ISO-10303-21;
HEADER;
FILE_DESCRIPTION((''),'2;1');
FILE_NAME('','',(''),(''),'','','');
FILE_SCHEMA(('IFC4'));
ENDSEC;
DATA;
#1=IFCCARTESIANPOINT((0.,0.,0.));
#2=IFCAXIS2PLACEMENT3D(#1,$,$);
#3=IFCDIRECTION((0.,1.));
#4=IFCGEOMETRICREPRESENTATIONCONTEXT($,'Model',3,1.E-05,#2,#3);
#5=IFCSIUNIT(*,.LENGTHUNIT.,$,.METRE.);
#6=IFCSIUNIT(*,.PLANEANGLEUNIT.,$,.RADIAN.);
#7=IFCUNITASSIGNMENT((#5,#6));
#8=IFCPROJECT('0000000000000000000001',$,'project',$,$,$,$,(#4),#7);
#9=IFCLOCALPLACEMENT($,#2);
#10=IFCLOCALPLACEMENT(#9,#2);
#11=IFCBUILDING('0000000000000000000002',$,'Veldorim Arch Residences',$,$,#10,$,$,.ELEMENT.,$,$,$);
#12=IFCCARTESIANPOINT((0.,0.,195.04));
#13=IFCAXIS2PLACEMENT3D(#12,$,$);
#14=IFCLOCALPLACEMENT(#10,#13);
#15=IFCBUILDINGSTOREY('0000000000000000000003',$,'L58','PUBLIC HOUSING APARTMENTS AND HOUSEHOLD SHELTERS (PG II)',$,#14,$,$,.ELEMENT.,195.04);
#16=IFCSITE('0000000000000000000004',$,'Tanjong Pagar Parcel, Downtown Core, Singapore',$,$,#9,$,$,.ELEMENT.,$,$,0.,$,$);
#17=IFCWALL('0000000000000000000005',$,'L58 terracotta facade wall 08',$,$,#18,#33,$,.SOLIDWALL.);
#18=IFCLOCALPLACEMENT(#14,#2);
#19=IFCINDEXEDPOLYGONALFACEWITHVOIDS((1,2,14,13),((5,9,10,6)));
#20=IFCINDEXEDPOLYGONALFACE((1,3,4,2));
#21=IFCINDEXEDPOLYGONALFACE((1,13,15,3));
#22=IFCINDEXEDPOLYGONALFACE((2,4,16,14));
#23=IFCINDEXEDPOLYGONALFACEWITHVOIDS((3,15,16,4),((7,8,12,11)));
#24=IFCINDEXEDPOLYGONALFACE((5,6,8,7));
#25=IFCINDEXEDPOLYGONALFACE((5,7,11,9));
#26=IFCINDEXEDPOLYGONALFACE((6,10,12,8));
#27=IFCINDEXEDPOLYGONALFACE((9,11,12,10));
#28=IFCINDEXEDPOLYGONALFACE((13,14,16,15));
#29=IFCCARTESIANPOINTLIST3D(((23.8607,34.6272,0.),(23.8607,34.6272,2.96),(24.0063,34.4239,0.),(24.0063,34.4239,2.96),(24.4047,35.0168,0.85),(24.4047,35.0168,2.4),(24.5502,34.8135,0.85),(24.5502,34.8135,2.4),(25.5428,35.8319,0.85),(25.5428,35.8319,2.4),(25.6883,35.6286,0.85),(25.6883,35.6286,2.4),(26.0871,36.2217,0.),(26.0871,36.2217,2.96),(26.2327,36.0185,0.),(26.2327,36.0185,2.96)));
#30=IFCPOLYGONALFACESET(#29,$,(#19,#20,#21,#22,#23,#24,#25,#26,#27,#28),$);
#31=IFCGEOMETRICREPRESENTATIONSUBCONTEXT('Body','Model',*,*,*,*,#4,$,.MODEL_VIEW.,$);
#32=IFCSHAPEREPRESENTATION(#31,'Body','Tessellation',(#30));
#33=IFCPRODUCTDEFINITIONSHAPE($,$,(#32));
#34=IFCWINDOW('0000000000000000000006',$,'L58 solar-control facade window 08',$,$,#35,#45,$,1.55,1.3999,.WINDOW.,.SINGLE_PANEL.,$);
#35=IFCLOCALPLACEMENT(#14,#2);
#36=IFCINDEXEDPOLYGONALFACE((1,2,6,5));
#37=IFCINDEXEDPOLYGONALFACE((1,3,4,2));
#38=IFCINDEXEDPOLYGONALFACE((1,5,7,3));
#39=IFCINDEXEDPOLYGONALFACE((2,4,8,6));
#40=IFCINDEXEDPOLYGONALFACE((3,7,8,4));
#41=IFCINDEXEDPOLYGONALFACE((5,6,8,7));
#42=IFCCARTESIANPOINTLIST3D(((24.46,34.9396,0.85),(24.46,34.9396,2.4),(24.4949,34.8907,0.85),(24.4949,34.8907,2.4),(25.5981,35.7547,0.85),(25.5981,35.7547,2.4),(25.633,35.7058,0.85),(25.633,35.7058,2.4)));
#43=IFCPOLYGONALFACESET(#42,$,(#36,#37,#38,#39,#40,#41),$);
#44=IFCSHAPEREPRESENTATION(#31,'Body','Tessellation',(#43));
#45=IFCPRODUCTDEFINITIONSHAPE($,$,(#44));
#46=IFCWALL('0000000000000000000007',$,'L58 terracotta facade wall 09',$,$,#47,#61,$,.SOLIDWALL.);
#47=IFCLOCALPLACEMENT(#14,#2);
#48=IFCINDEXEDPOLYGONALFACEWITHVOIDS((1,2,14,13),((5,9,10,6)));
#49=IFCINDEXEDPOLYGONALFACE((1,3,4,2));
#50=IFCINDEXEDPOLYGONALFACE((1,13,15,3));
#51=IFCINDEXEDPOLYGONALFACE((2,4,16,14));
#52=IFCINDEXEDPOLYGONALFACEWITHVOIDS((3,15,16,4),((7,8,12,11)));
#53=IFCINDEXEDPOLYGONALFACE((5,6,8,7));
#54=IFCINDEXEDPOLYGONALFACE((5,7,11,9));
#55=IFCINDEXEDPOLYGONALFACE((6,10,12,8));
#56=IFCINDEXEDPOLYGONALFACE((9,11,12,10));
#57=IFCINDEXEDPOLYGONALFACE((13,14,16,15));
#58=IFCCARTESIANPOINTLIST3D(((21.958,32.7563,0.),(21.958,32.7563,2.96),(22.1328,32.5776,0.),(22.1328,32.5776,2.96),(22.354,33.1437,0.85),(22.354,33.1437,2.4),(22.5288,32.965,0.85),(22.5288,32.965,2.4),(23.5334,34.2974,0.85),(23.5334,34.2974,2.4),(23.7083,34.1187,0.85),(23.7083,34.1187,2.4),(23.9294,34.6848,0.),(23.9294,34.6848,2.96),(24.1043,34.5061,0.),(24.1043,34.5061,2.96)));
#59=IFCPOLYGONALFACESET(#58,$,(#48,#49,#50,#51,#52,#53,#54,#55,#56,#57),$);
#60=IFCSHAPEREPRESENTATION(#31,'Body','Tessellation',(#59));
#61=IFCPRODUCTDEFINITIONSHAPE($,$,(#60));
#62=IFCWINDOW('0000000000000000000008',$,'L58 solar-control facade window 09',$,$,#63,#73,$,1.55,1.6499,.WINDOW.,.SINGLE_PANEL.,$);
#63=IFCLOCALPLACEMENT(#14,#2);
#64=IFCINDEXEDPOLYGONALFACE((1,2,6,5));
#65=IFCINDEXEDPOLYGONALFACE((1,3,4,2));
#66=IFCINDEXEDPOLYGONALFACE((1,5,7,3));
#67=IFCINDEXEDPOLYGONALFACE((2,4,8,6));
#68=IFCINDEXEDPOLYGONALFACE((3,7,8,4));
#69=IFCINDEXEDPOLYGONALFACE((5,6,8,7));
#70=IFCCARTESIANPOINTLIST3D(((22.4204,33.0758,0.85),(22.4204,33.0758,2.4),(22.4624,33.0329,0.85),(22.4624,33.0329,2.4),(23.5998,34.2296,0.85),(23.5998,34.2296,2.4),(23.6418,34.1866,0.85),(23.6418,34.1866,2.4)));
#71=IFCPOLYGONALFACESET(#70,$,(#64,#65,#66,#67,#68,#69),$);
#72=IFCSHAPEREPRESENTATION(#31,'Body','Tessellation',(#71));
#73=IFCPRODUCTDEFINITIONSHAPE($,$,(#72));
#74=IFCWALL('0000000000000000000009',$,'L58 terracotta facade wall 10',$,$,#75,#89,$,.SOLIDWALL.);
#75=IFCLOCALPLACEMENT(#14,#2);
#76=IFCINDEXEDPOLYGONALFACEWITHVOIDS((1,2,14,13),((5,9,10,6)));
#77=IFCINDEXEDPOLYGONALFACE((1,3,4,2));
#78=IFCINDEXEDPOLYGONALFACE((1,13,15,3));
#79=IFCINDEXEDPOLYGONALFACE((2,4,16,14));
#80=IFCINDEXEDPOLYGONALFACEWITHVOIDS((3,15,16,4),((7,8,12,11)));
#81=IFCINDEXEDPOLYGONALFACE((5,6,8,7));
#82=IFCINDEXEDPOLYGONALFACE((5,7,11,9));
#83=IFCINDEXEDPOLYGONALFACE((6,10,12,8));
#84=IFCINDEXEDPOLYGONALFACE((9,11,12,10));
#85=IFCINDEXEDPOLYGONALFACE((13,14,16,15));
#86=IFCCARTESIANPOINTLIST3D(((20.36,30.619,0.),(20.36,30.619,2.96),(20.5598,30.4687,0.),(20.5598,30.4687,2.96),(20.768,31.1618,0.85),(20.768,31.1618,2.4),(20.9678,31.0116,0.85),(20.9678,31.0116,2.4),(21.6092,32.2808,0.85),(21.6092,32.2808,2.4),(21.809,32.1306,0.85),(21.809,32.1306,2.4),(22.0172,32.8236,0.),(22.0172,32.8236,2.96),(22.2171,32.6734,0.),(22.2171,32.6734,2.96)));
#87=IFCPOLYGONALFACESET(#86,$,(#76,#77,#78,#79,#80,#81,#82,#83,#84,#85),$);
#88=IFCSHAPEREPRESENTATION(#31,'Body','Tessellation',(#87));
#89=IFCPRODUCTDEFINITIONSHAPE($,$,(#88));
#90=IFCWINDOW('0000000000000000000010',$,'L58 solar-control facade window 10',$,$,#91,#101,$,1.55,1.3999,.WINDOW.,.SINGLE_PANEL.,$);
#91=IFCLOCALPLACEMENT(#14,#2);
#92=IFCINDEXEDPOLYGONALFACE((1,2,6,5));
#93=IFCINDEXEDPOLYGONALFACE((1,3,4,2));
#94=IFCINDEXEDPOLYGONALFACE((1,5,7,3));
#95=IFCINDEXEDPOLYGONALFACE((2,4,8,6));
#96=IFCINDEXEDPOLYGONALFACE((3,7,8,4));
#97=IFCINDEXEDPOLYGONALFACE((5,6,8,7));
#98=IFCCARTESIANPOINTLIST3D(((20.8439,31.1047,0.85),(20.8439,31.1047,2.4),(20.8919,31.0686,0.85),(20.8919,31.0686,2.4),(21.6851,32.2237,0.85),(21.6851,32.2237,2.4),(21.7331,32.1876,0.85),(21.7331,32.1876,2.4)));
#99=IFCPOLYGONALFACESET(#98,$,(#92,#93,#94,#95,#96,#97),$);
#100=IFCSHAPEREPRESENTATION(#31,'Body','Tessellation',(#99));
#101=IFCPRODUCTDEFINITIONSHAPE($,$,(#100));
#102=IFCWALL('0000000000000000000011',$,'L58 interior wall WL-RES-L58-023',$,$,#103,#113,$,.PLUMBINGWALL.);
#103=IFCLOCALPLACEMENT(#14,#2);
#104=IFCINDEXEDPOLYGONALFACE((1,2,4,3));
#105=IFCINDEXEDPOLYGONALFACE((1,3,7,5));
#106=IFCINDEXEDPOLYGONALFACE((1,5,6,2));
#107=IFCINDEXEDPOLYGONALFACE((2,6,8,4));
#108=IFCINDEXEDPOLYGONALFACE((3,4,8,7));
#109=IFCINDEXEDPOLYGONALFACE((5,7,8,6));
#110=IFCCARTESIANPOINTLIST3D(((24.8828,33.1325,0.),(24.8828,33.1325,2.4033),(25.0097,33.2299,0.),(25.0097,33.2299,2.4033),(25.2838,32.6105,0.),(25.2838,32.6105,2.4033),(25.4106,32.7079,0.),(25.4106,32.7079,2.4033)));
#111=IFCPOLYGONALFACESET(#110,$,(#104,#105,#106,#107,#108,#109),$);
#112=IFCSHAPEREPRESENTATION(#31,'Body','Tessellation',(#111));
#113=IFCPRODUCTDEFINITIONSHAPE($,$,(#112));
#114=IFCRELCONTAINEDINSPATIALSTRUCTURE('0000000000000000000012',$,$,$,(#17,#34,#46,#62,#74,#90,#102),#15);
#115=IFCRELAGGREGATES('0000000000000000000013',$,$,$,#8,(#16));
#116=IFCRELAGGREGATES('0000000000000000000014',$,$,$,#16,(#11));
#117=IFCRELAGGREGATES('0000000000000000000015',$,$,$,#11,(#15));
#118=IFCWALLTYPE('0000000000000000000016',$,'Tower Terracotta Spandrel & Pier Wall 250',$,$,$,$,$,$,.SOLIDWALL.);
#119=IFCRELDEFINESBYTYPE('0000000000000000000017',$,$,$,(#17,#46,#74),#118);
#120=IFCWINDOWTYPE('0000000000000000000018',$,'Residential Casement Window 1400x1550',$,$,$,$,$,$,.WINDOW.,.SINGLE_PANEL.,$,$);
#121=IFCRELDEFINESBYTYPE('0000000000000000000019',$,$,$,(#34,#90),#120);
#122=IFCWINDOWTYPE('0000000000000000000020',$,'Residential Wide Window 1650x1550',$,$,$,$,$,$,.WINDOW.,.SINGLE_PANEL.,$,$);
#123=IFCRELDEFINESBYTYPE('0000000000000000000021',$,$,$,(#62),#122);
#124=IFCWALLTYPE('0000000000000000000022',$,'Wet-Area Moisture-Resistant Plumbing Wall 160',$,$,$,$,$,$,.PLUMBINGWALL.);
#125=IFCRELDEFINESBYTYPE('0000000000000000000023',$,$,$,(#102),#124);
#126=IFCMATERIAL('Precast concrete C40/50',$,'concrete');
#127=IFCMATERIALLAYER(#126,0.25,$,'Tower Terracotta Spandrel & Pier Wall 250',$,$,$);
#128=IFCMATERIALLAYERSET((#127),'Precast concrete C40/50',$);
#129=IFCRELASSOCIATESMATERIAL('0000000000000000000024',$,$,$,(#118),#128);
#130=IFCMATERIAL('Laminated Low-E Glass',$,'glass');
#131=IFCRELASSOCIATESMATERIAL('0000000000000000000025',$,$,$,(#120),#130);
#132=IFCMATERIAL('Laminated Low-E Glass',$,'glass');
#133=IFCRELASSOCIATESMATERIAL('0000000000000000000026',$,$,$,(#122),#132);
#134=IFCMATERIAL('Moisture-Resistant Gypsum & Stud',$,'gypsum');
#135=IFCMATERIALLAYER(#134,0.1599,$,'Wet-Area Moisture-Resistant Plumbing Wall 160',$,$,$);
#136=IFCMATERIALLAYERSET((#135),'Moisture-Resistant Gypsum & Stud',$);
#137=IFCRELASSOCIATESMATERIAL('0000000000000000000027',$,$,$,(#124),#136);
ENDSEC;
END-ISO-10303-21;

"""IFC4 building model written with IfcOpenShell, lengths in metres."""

from ifc_helpers import new_model, si_unit, direction, frame, frame_2d, origin, place, context, subcontext, project, spatial, rectangle, extrude, material, layer, layer_set, type_object, element, fill, save


model = new_model("IFC4")

# Units and contexts
model_context = context("Model", 3, precision=1e-05, world=origin(), true_north=direction((0.0, 1.0)))
body_context = subcontext(model_context, "Body", "Model", "MODEL_VIEW")
ifc_project = project(units=[si_unit("LENGTHUNIT", "METRE"), si_unit("PLANEANGLEUNIT", "RADIAN")], contexts=[model_context])

# Site, building, storey
site_placement = place(None, origin())
site = spatial("IfcSite", under=ifc_project, at=site_placement, Name="Tanjong Pagar Parcel, Downtown Core, Singapore", CompositionType="ELEMENT", RefElevation=0.0)
building_placement = place(site_placement, origin())
building = spatial("IfcBuilding", under=site, at=building_placement, Name="Veldorim Arch Residences", CompositionType="ELEMENT")
storey_placement = place(building_placement, frame((0.0, 0.0, 195.04)))
storey = spatial("IfcBuildingStorey", under=building, at=storey_placement, Name="L58", Description="PUBLIC HOUSING APARTMENTS AND HOUSEHOLD SHELTERS (PG II)", CompositionType="ELEMENT", Elevation=195.04)

# Walls, openings, windows
ifc_material_1 = material(Name="Precast concrete C40/50", Category="concrete")
ifc_layer_1 = layer(ifc_material_1, 0.25, Name="Tower Terracotta Spandrel & Pier Wall 250")
ifc_layer_set_1 = layer_set([ifc_layer_1], Name="Precast concrete C40/50")
wall_type_1 = type_object("IfcWallType", Name="Tower Terracotta Spandrel & Pier Wall 250", PredefinedType="SOLIDWALL", material=ifc_layer_set_1)
wall_1_placement = place(storey_placement, frame((23.9336, 34.5256, 0.0), z_axis=(0.0, 0.0, 1.0), x_axis=(0.812998, 0.582267, 0.0)))
wall_1 = element("IfcWall", 1, at=wall_1_placement, inside=storey, type_object=wall_type_1, Name="L58 terracotta facade wall 08", PredefinedType="SOLIDWALL", context=body_context, shape_type="SweptSolid", body=[
    extrude(rectangle(XDim=2.7385, YDim=0.25, at=frame_2d((1.3691, 0.0))), origin(), (0.0, 0.0, 1.0), 2.96),
])
opening_1_placement = place(wall_1_placement, frame((0.6689, 0.0, 0.8501)))
opening_1 = element("IfcOpeningElement", 2, at=opening_1_placement, cuts=wall_1, PredefinedType="OPENING", context=body_context, shape_type="SweptSolid", body=[
    extrude(rectangle(XDim=1.3999, YDim=1.55, at=frame_2d((0.7, 0.7749))), frame((0.0, 0.135, 0.0), z_axis=(0.0, -1.0, 0.0), x_axis=(1.0, 0.0, 0.0)), (0.0, 0.0, 1.0), 0.27),
])
ifc_material_2 = material(Name="Laminated Low-E Glass", Category="glass")
window_type_1 = type_object("IfcWindowType", Name="Residential Casement Window 1400x1550", PartitioningType="SINGLE_PANEL", PredefinedType="WINDOW", material=ifc_material_2)
window_1_placement = place(opening_1_placement, origin())
window_1 = element("IfcWindow", 3, at=window_1_placement, inside=storey, type_object=window_type_1, Name="L58 solar-control facade window 08", OverallHeight=1.55, OverallWidth=1.3999, PartitioningType="SINGLE_PANEL", PredefinedType="WINDOW", context=body_context, shape_type="SweptSolid", body=[
    extrude(rectangle(XDim=1.3999, YDim=1.55, at=frame_2d((0.7, 0.7749))), frame((0.0, 0.03, 0.0), z_axis=(0.0, -1.0, 0.0), x_axis=(1.0, 0.0, 0.0)), (0.0, 0.0, 1.0), 0.0601),
])
fill(opening_1, window_1)
wall_2_placement = place(storey_placement, frame((22.0454, 32.667, 0.0), z_axis=(0.0, 0.0, 1.0), x_axis=(0.714854, 0.699274, 0.0)))
wall_2 = element("IfcWall", 4, at=wall_2_placement, inside=storey, type_object=wall_type_1, Name="L58 terracotta facade wall 09", PredefinedType="SOLIDWALL", context=body_context, shape_type="SweptSolid", body=[
    extrude(rectangle(XDim=2.7578, YDim=0.25, at=frame_2d((1.3789, 0.0))), origin(), (0.0, 0.0, 1.0), 2.96),
])
opening_2_placement = place(wall_2_placement, frame((0.554, 0.0, 0.8501)))
opening_2 = element("IfcOpeningElement", 5, at=opening_2_placement, cuts=wall_2, PredefinedType="OPENING", context=body_context, shape_type="SweptSolid", body=[
    extrude(rectangle(XDim=1.6499, YDim=1.55, at=frame_2d((0.825, 0.7749))), frame((0.0, 0.135, 0.0), z_axis=(0.0, -1.0, 0.0), x_axis=(1.0, 0.0, 0.0)), (0.0, 0.0, 1.0), 0.27),
])
ifc_material_3 = material(Name="Laminated Low-E Glass", Category="glass")
window_type_2 = type_object("IfcWindowType", Name="Residential Wide Window 1650x1550", PartitioningType="SINGLE_PANEL", PredefinedType="WINDOW", material=ifc_material_3)
window_2_placement = place(opening_2_placement, origin())
window_2 = element("IfcWindow", 6, at=window_2_placement, inside=storey, type_object=window_type_2, Name="L58 solar-control facade window 09", OverallHeight=1.55, OverallWidth=1.6499, PartitioningType="SINGLE_PANEL", PredefinedType="WINDOW", context=body_context, shape_type="SweptSolid", body=[
    extrude(rectangle(XDim=1.6499, YDim=1.55, at=frame_2d((0.825, 0.7749))), frame((0.0, 0.03, 0.0), z_axis=(0.0, -1.0, 0.0), x_axis=(1.0, 0.0, 0.0)), (0.0, 0.0, 1.0), 0.0601),
])
fill(opening_2, window_2)
wall_3_placement = place(storey_placement, frame((20.46, 30.5439, 0.0), z_axis=(0.0, 0.0, 1.0), x_axis=(0.600878, 0.799341, 0.0)))
wall_3 = element("IfcWall", 7, at=wall_3_placement, inside=storey, type_object=wall_type_1, Name="L58 terracotta facade wall 10", PredefinedType="SOLIDWALL", context=body_context, shape_type="SweptSolid", body=[
    extrude(rectangle(XDim=2.7581, YDim=0.25, at=frame_2d((1.3789, 0.0))), origin(), (0.0, 0.0, 1.0), 2.96),
])
opening_3_placement = place(wall_3_placement, frame((0.679, 0.0, 0.8501)))
opening_3 = element("IfcOpeningElement", 8, at=opening_3_placement, cuts=wall_3, PredefinedType="OPENING", context=body_context, shape_type="SweptSolid", body=[
    extrude(rectangle(XDim=1.3999, YDim=1.55, at=frame_2d((0.7, 0.7749))), frame((0.0, 0.135, 0.0), z_axis=(0.0, -1.0, 0.0), x_axis=(1.0, 0.0, 0.0)), (0.0, 0.0, 1.0), 0.27),
])
window_3_placement = place(opening_3_placement, origin())
window_3 = element("IfcWindow", 9, at=window_3_placement, inside=storey, type_object=window_type_1, Name="L58 solar-control facade window 10", OverallHeight=1.55, OverallWidth=1.3999, PartitioningType="SINGLE_PANEL", PredefinedType="WINDOW", context=body_context, shape_type="SweptSolid", body=[
    extrude(rectangle(XDim=1.3999, YDim=1.55, at=frame_2d((0.7, 0.7749))), frame((0.0, 0.03, 0.0), z_axis=(0.0, -1.0, 0.0), x_axis=(1.0, 0.0, 0.0)), (0.0, 0.0, 1.0), 0.0601),
])
fill(opening_3, window_3)

# Wall
ifc_material_4 = material(Name="Moisture-Resistant Gypsum & Stud", Category="gypsum")
ifc_layer_2 = layer(ifc_material_4, 0.1599, Name="Wet-Area Moisture-Resistant Plumbing Wall 160")
ifc_layer_set_2 = layer_set([ifc_layer_2], Name="Moisture-Resistant Gypsum & Stud")
wall_type_2 = type_object("IfcWallType", Name="Wet-Area Moisture-Resistant Plumbing Wall 160", PredefinedType="PLUMBINGWALL", material=ifc_layer_set_2)
wall_4_placement = place(storey_placement, frame((25.3472, 32.6592, 0.0), z_axis=(0.0, 0.0, 1.0), x_axis=(-0.609101, 0.793093, 0.0)))
element("IfcWall", 10, at=wall_4_placement, inside=storey, type_object=wall_type_2, Name="L58 interior wall WL-RES-L58-023", PredefinedType="PLUMBINGWALL", context=body_context, shape_type="SweptSolid", body=[
    extrude(rectangle(XDim=0.6582, YDim=0.1599, at=frame_2d((0.3291, 0.0))), origin(), (0.0, 0.0, 1.0), 2.4033),
])

save(model, "model.ifc")
